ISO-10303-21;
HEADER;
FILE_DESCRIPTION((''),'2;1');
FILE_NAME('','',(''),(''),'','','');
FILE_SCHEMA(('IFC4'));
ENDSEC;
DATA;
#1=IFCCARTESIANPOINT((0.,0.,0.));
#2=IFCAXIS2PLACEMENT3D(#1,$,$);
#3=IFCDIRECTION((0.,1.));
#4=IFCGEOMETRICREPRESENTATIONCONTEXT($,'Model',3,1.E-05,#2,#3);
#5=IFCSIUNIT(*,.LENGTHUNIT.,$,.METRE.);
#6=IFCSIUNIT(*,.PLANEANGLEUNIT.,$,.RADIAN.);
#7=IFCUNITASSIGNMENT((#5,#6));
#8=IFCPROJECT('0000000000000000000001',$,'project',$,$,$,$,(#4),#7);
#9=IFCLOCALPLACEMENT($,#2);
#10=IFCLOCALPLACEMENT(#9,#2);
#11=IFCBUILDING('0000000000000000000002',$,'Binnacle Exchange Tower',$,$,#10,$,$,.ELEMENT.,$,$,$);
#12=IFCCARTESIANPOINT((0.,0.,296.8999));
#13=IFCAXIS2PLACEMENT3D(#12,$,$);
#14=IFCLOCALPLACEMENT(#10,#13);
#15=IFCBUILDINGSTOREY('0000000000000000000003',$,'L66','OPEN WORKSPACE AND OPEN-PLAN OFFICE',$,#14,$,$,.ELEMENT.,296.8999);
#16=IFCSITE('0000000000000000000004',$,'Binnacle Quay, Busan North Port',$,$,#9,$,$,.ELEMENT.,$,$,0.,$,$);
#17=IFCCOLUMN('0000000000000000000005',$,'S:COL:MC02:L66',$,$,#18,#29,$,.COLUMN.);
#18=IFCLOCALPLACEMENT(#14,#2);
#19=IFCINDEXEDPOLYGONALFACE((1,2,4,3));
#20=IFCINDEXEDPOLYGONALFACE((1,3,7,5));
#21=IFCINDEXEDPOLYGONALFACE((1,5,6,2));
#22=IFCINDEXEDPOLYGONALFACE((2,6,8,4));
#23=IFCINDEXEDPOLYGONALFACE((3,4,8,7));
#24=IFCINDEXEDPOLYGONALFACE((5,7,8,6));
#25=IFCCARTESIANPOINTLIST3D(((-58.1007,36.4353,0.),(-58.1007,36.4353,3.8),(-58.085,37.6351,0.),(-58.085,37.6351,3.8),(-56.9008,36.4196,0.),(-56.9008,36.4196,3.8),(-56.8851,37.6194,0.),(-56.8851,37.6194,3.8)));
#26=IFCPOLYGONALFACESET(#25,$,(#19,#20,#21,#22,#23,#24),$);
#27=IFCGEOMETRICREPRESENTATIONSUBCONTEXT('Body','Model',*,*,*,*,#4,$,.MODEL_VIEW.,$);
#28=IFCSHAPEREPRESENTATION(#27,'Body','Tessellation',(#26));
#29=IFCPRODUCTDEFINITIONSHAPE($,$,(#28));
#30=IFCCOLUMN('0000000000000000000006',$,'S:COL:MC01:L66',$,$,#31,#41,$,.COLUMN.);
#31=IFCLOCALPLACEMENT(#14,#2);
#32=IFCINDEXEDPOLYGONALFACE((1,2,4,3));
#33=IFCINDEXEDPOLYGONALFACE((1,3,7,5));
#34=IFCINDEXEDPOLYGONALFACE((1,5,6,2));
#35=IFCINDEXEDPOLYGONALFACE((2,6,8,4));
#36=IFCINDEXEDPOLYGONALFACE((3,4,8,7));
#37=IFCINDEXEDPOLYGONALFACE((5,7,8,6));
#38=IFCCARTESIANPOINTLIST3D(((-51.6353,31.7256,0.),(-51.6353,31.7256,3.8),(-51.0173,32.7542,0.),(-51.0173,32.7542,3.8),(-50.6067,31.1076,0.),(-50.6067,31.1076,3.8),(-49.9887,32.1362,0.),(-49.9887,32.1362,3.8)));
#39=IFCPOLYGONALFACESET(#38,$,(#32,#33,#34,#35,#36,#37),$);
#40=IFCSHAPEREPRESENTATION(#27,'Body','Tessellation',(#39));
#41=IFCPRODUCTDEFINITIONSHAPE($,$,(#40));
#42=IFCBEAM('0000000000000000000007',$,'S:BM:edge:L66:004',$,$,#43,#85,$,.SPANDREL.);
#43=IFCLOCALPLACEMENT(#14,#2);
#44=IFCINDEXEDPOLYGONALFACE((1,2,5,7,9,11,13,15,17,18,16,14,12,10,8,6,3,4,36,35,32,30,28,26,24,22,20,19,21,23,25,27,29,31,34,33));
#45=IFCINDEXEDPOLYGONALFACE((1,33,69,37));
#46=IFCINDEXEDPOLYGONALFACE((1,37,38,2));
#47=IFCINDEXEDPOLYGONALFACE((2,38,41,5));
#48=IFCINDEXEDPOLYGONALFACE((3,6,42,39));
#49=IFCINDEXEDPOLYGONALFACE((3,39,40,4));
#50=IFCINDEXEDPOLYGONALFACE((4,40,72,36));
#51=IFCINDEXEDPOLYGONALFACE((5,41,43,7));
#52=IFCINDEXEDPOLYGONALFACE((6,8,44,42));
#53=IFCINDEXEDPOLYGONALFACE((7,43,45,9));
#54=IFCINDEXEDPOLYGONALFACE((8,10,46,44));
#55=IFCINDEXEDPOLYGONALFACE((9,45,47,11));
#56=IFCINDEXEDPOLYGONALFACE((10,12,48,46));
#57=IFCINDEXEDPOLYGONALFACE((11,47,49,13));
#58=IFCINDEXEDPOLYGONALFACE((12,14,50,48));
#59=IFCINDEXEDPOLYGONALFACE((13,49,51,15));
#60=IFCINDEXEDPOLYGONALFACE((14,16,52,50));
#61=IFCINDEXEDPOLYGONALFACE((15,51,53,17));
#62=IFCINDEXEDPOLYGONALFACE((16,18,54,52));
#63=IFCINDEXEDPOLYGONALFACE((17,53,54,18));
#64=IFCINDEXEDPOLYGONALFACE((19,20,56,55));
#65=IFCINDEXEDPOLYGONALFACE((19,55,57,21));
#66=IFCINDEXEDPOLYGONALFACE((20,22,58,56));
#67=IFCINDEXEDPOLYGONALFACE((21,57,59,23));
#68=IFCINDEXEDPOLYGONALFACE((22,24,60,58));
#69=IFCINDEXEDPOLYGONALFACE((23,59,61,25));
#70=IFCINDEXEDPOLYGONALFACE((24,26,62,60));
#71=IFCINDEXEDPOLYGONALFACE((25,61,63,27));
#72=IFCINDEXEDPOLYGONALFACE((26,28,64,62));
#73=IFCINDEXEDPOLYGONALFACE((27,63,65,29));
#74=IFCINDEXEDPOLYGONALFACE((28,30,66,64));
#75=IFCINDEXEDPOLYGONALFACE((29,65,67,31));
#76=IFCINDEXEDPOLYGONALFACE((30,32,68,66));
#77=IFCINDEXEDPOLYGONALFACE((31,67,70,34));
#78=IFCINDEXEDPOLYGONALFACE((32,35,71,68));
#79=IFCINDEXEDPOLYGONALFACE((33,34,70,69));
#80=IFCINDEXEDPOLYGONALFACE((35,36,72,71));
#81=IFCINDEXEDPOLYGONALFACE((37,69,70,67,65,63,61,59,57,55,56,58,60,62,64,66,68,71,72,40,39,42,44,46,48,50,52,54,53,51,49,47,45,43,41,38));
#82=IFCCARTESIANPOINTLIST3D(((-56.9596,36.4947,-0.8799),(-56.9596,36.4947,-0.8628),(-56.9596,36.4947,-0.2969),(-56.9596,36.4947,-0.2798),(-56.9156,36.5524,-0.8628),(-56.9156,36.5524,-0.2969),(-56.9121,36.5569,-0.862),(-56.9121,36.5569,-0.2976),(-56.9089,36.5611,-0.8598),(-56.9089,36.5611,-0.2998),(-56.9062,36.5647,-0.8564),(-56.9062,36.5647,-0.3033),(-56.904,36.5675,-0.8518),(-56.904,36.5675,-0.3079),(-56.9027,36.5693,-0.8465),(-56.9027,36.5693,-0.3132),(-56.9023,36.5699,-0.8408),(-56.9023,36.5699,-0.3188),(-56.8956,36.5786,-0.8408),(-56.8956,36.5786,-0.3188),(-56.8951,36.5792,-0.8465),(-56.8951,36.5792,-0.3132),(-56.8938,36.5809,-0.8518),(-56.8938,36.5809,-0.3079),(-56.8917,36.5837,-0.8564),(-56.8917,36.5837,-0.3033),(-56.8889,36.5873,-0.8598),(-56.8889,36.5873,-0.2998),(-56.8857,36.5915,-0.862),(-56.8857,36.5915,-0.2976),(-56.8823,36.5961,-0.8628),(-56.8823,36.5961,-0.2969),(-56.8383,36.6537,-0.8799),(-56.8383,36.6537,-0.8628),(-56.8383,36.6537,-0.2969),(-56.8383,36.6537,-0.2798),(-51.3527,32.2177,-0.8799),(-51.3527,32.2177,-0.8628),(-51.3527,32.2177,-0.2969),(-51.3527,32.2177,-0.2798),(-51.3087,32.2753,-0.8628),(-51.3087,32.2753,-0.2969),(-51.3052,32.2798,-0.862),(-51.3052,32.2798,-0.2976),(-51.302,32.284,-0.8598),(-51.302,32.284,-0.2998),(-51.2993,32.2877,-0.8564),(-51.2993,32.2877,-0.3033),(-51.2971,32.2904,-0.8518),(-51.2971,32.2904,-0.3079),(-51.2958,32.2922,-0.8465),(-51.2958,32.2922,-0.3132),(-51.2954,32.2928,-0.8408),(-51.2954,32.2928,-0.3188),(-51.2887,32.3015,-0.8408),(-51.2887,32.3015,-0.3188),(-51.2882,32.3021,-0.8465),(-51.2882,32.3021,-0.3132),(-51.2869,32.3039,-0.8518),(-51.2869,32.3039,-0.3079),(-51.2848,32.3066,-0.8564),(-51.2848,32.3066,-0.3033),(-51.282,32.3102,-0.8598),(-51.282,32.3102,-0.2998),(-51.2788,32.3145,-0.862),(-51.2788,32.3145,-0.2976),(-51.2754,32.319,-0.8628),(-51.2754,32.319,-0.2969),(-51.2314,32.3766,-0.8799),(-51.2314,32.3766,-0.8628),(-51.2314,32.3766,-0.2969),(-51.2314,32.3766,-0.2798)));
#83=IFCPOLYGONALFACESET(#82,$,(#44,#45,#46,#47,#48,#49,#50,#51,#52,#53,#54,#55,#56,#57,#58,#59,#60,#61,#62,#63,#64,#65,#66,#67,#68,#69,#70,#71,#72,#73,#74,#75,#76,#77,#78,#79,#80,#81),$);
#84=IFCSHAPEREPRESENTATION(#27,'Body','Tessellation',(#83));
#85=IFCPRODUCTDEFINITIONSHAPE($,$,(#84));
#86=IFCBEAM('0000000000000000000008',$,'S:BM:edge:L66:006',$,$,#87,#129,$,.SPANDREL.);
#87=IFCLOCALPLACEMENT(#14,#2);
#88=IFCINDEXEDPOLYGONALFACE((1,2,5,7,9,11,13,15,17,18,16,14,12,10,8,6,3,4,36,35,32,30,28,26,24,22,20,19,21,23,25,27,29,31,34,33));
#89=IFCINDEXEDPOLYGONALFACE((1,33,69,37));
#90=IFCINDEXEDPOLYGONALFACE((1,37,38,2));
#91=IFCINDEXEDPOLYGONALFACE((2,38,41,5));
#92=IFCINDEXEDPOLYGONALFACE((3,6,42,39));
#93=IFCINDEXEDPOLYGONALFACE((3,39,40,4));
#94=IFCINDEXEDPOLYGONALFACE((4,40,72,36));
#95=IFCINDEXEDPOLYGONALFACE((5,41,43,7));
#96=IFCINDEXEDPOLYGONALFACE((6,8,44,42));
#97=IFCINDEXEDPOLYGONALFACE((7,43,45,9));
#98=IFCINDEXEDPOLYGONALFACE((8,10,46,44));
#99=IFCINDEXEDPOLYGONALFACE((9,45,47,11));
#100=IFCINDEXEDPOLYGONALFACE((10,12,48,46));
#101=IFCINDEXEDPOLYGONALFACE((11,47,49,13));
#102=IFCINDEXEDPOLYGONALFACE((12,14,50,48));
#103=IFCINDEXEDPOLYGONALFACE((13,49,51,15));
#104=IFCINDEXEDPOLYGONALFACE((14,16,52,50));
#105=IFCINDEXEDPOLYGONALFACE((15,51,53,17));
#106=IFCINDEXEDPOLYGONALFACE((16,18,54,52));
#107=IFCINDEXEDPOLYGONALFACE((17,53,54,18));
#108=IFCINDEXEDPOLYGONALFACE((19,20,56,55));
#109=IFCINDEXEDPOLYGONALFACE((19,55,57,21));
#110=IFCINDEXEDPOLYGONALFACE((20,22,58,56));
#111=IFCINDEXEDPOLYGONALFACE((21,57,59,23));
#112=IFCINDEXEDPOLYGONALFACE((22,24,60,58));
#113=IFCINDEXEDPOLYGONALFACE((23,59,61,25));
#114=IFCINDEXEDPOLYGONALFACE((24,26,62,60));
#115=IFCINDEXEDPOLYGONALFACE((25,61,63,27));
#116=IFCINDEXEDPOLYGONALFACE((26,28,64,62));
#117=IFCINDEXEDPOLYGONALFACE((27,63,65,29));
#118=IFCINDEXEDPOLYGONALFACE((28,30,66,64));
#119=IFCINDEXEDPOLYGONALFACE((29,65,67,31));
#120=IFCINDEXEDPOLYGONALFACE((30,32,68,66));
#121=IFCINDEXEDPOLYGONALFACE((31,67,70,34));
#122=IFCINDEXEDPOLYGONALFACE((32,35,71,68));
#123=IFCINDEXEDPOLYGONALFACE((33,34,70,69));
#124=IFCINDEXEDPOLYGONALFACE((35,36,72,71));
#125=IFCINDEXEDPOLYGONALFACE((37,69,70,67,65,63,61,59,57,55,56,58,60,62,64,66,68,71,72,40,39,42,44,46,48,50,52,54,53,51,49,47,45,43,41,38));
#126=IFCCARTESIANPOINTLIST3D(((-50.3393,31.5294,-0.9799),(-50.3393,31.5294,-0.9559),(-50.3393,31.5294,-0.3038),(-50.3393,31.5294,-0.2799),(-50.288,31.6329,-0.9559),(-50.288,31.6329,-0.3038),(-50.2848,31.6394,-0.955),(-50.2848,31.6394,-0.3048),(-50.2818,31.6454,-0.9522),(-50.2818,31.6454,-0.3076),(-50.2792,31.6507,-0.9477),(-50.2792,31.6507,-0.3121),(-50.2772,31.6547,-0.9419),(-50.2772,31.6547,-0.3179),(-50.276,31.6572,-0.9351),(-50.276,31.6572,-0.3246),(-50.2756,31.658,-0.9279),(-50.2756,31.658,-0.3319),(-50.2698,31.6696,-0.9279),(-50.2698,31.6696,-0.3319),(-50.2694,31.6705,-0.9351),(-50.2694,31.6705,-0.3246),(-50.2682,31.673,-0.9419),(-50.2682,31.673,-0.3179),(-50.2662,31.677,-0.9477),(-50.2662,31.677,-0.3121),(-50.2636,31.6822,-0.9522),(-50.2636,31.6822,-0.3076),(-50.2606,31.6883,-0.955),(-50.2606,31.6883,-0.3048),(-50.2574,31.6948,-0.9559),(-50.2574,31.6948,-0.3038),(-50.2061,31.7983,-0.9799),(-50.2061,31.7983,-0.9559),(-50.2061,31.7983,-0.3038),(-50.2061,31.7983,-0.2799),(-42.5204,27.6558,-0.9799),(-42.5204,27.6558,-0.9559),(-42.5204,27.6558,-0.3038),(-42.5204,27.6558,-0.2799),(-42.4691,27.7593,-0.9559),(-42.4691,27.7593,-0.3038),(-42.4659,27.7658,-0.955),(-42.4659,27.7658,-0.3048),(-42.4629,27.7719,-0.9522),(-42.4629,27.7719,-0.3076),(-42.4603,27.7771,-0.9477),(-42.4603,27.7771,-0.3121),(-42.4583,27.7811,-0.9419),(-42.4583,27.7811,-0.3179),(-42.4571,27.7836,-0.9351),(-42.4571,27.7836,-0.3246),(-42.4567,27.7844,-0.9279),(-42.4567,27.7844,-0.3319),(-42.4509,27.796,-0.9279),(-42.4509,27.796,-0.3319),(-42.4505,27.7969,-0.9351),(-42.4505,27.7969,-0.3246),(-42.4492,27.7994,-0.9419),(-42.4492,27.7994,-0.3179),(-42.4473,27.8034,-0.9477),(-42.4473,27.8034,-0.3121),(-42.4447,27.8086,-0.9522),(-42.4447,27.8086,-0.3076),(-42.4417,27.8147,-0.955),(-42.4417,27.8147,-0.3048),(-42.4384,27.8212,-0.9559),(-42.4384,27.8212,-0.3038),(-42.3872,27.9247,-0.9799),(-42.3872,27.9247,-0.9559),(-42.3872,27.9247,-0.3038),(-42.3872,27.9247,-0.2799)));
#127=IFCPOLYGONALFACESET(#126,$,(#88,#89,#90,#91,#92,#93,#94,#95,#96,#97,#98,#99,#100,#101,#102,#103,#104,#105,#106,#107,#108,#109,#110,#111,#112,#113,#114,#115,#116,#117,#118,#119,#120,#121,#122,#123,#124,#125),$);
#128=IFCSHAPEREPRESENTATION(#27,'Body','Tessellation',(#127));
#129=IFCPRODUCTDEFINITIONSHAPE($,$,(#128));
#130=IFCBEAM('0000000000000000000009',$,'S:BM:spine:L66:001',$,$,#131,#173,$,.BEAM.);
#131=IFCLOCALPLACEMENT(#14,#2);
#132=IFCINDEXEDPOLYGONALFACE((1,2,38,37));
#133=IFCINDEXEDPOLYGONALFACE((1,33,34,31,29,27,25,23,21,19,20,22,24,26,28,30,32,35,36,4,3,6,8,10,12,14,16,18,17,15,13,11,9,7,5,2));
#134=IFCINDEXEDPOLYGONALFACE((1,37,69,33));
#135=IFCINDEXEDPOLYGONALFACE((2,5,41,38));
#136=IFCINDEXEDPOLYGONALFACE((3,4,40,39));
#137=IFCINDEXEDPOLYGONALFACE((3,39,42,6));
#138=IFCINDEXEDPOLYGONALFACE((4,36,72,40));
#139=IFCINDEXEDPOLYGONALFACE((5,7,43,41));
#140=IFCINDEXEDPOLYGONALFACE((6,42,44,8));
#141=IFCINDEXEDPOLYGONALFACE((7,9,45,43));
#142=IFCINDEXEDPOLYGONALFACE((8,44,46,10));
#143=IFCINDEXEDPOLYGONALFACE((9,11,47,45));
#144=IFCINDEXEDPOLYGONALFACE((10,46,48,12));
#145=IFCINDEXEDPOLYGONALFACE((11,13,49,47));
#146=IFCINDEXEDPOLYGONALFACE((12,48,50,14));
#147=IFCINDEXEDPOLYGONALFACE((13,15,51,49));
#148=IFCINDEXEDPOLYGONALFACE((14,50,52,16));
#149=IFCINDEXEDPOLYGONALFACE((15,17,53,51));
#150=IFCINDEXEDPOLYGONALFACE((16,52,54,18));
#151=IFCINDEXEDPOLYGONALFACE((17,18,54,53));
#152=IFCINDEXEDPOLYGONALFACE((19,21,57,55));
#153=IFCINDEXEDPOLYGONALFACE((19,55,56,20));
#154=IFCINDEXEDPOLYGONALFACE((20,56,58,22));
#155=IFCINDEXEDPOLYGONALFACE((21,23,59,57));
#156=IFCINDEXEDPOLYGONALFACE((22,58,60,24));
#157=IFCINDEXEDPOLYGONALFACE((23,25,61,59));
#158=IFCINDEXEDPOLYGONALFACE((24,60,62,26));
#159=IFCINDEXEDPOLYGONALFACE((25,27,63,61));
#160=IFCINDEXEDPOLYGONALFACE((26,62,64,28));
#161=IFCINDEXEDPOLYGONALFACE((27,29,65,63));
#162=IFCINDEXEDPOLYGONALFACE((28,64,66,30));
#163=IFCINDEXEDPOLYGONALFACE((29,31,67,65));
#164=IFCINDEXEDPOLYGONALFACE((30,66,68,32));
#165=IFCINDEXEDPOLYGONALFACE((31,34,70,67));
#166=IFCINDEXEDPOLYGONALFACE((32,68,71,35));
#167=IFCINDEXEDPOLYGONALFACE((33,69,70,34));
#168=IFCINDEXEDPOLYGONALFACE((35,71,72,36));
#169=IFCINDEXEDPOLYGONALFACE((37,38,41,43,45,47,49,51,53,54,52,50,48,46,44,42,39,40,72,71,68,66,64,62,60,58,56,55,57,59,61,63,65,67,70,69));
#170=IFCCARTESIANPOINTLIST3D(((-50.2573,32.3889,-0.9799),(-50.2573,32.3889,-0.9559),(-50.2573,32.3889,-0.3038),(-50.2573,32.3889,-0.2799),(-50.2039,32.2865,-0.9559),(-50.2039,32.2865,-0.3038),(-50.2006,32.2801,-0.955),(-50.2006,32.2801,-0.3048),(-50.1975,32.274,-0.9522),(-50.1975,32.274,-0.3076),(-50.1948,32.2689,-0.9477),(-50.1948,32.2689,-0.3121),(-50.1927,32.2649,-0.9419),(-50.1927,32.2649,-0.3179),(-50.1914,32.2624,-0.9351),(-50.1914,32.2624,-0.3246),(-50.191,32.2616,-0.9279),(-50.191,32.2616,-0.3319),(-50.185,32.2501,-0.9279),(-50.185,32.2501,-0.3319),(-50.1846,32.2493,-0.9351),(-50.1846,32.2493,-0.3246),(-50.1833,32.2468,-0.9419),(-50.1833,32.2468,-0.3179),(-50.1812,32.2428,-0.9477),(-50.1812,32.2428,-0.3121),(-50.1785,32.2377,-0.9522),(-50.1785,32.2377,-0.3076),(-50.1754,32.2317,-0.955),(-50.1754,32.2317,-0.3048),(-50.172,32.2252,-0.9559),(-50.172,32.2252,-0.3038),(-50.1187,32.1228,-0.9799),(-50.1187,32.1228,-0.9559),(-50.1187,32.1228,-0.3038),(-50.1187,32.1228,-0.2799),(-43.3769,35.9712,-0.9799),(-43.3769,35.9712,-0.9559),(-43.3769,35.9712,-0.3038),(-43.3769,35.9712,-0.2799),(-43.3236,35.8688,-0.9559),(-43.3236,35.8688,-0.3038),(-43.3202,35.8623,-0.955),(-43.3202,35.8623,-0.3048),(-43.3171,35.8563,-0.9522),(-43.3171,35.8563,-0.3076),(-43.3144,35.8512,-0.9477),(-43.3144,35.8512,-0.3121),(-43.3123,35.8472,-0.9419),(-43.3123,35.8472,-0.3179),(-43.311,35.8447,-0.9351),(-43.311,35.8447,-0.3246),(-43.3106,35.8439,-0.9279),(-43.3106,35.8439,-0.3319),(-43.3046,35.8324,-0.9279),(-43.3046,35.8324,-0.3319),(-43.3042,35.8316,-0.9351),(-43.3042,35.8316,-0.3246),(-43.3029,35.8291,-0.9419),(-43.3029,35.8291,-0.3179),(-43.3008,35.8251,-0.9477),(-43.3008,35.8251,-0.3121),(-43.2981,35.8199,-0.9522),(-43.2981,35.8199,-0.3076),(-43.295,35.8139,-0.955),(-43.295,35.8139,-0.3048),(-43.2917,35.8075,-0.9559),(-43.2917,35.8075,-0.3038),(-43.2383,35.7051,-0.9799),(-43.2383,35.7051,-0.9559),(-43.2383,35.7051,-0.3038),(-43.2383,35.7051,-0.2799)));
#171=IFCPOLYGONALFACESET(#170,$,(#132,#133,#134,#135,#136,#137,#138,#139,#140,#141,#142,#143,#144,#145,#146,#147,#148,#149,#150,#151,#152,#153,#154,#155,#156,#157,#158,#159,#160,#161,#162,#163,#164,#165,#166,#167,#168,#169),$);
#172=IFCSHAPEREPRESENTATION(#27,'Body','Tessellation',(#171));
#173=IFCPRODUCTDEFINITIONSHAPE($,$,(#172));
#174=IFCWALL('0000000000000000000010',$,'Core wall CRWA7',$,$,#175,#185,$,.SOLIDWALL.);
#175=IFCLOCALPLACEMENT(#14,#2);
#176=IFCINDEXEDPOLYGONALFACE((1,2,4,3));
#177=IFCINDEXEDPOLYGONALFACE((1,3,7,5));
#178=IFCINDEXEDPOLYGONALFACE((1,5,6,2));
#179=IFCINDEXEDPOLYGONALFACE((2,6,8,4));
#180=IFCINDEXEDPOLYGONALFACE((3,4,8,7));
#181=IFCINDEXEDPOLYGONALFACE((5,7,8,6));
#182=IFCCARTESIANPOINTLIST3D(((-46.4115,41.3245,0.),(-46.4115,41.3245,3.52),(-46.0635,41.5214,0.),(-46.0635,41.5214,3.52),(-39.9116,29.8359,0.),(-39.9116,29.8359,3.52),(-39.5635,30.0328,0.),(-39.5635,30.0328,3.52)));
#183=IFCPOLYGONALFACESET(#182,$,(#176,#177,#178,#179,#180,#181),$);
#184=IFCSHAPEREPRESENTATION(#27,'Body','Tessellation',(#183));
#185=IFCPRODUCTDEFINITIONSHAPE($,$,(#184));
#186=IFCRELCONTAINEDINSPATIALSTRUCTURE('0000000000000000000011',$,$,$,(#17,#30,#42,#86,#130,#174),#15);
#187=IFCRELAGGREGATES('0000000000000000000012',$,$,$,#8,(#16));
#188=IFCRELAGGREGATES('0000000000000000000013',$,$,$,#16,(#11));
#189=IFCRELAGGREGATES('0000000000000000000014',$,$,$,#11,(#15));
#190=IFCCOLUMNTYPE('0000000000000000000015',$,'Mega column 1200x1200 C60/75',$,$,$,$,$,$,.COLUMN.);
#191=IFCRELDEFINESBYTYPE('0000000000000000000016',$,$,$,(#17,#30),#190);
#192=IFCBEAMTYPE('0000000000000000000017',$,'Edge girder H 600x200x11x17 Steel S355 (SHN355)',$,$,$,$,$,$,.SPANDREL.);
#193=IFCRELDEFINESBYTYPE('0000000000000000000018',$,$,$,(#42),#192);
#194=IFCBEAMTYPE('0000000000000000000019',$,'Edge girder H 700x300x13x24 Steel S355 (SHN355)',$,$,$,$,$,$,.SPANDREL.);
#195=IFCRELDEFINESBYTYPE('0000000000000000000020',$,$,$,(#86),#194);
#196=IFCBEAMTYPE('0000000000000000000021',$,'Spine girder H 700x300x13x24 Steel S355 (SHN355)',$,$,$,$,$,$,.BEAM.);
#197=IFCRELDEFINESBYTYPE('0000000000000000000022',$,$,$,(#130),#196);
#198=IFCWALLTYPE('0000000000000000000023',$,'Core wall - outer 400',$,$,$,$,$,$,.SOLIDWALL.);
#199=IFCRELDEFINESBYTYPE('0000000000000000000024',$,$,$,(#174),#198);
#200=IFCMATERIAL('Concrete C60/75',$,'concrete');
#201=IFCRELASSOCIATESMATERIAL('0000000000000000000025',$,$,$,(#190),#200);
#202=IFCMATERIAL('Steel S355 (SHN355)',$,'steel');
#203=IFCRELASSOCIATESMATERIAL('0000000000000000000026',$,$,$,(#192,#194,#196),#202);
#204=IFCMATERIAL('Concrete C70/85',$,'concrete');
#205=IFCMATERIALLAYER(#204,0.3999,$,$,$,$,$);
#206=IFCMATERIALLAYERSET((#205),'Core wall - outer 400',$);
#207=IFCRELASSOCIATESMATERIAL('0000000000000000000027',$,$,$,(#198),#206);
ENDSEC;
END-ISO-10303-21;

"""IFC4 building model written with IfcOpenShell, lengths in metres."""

from ifc_helpers import new_model, si_unit, direction, frame, frame_2d, origin, origin_2d, place, context, subcontext, project, spatial, rectangle, i_section, extrude, material, layer, layer_set, material_profile, profile_set, type_object, element, save


model = new_model("IFC4")

# Units and contexts
model_context = context("Model", 3, precision=1e-05, world=origin(), true_north=direction((0.0, 1.0)))
body_context = subcontext(model_context, "Body", "Model", "MODEL_VIEW")
ifc_project = project(units=[si_unit("LENGTHUNIT", "METRE"), si_unit("PLANEANGLEUNIT", "RADIAN")], contexts=[model_context])

# Site, building, storey
site_placement = place(None, origin())
site = spatial("IfcSite", under=ifc_project, at=site_placement, Name="Binnacle Quay, Busan North Port", CompositionType="ELEMENT", RefElevation=0.0)
building_placement = place(site_placement, origin())
building = spatial("IfcBuilding", under=site, at=building_placement, Name="Binnacle Exchange Tower", CompositionType="ELEMENT")
storey_placement = place(building_placement, frame((0.0, 0.0, 296.8999)))
storey = spatial("IfcBuildingStorey", under=building, at=storey_placement, Name="L66", Description="OPEN WORKSPACE AND OPEN-PLAN OFFICE", CompositionType="ELEMENT", Elevation=296.8999)

# Columns
ifc_material_1 = material(Name="Concrete C60/75", Category="concrete")
ifc_material_profile_1 = material_profile(ifc_material_1, rectangle(XDim=1.2, YDim=1.2, at=origin_2d()), Name="Mega column 1200x1200 C60/75")
ifc_profile_set_1 = profile_set([ifc_material_profile_1], Name="Concrete C60/75")
column_type = type_object("IfcColumnType", Name="Mega column 1200x1200 C60/75", PredefinedType="COLUMN", material=ifc_profile_set_1)
for number, where, z_axis, x_axis, name in (
    (1, (-57.4929, 37.0273, 0.0), (0.0, 0.0, 1.0), (-0.01309, -0.999914, 0.0), "S:COL:MC02:L66"),
    (2, (-50.812, 31.9309, 0.0), (0.0, 0.0, 1.0), (0.857167, -0.515038, 0.0), "S:COL:MC01:L66"),
):
    element("IfcColumn", number, at=place(storey_placement, frame(where, z_axis=z_axis, x_axis=x_axis)), inside=storey, type_object=column_type, Name=name, PredefinedType="COLUMN", context=body_context, shape_type="SweptSolid", body=[
        extrude(rectangle(XDim=1.2, YDim=1.2, at=origin_2d()), origin(), (0.0, 0.0, 1.0), 3.8),
    ])

# Beams
ifc_material_2 = material(Name="Steel S355 (SHN355)", Category="steel")
ifc_material_profile_2 = material_profile(ifc_material_2, i_section(OverallWidth=0.2, OverallDepth=0.6001, WebThickness=0.011, FlangeThickness=0.0171, FilletRadius=0.022, at=origin_2d()), Name="H 600x200x11x17")
ifc_profile_set_2 = profile_set([ifc_material_profile_2], Name="Steel S355 (SHN355)")
beam_type_1 = type_object("IfcBeamType", Name="Edge girder H 600x200x11x17 Steel S355 (SHN355)", PredefinedType="SPANDREL", material=ifc_profile_set_2)
beam_1_placement = place(storey_placement, frame((-56.8989, 36.5742, -0.5798), z_axis=(0.79508, -0.606505, 0.0), x_axis=(0.606505, 0.79508, 0.0)))
element("IfcBeam", 3, at=beam_1_placement, inside=storey, type_object=beam_type_1, Name="S:BM:edge:L66:004", PredefinedType="SPANDREL", context=body_context, shape_type="SweptSolid", body=[
    extrude(i_section(OverallWidth=0.2, OverallDepth=0.6001, WebThickness=0.011, FlangeThickness=0.0171, FilletRadius=0.022, at=origin_2d()), origin(), (0.0, 0.0, 1.0), 7.052),
])
ifc_material_profile_3 = material_profile(ifc_material_2, i_section(OverallWidth=0.3, OverallDepth=0.7, WebThickness=0.0129, FlangeThickness=0.0239, FilletRadius=0.0281, at=origin_2d()), Name="H 700x300x13x24")
ifc_profile_set_3 = profile_set([ifc_material_profile_3], Name="Steel S355 (SHN355)")
beam_type_2 = type_object("IfcBeamType", Name="Edge girder H 700x300x13x24 Steel S355 (SHN355)", PredefinedType="SPANDREL", material=ifc_profile_set_3)
beam_2_placement = place(storey_placement, frame((-50.2727, 31.6638, -0.6299), z_axis=(0.896066, -0.44392, 0.0), x_axis=(0.44392, 0.896066, 0.0)))
element("IfcBeam", 4, at=beam_2_placement, inside=storey, type_object=beam_type_2, Name="S:BM:edge:L66:006", PredefinedType="SPANDREL", context=body_context, shape_type="SweptSolid", body=[
    extrude(i_section(OverallWidth=0.3, OverallDepth=0.7, WebThickness=0.0129, FlangeThickness=0.0239, FilletRadius=0.0281, at=origin_2d()), origin(), (0.0, 0.0, 1.0), 8.7258),
])
ifc_material_profile_4 = material_profile(ifc_material_2, i_section(OverallWidth=0.3, OverallDepth=0.7, WebThickness=0.0129, FlangeThickness=0.0239, FilletRadius=0.0281, at=origin_2d()), Name="H 700x300x13x24")
ifc_profile_set_4 = profile_set([ifc_material_profile_4], Name="Steel S355 (SHN355)")
beam_type_3 = type_object("IfcBeamType", Name="Spine girder H 700x300x13x24 Steel S355 (SHN355)", PredefinedType="BEAM", material=ifc_profile_set_4)
beam_3_placement = place(storey_placement, frame((-50.188, 32.2559, -0.6299), z_axis=(0.88698, 0.461808, 0.0), x_axis=(-0.461808, 0.88698, 0.0)))
element("IfcBeam", 5, at=beam_3_placement, inside=storey, type_object=beam_type_3, Name="S:BM:spine:L66:001", PredefinedType="BEAM", context=body_context, shape_type="SweptSolid", body=[
    extrude(i_section(OverallWidth=0.3, OverallDepth=0.7, WebThickness=0.0129, FlangeThickness=0.0239, FilletRadius=0.0281, at=origin_2d()), origin(), (0.0, 0.0, 1.0), 7.7571),
])

# Wall
ifc_material_3 = material(Name="Concrete C70/85", Category="concrete")
ifc_layer_1 = layer(ifc_material_3, 0.3999)
ifc_layer_set_1 = layer_set([ifc_layer_1], Name="Core wall - outer 400")
wall_type_1 = type_object("IfcWallType", Name="Core wall - outer 400", PredefinedType="SOLIDWALL", material=ifc_layer_set_1)
wall_1_placement = place(storey_placement, frame((-46.2375, 41.4231, 0.0), z_axis=(0.0, 0.0, 1.0), x_axis=(0.492422, -0.870357, 0.0)))
element("IfcWall", 6, at=wall_1_placement, inside=storey, type_object=wall_type_1, Name="Core wall CRWA7", PredefinedType="SOLIDWALL", context=body_context, shape_type="SweptSolid", body=[
    extrude(rectangle(XDim=13.2, YDim=0.3999, at=frame_2d((6.6001, 0.0))), origin(), (0.0, 0.0, 1.0), 3.52),
])

save(model, "model.ifc")
